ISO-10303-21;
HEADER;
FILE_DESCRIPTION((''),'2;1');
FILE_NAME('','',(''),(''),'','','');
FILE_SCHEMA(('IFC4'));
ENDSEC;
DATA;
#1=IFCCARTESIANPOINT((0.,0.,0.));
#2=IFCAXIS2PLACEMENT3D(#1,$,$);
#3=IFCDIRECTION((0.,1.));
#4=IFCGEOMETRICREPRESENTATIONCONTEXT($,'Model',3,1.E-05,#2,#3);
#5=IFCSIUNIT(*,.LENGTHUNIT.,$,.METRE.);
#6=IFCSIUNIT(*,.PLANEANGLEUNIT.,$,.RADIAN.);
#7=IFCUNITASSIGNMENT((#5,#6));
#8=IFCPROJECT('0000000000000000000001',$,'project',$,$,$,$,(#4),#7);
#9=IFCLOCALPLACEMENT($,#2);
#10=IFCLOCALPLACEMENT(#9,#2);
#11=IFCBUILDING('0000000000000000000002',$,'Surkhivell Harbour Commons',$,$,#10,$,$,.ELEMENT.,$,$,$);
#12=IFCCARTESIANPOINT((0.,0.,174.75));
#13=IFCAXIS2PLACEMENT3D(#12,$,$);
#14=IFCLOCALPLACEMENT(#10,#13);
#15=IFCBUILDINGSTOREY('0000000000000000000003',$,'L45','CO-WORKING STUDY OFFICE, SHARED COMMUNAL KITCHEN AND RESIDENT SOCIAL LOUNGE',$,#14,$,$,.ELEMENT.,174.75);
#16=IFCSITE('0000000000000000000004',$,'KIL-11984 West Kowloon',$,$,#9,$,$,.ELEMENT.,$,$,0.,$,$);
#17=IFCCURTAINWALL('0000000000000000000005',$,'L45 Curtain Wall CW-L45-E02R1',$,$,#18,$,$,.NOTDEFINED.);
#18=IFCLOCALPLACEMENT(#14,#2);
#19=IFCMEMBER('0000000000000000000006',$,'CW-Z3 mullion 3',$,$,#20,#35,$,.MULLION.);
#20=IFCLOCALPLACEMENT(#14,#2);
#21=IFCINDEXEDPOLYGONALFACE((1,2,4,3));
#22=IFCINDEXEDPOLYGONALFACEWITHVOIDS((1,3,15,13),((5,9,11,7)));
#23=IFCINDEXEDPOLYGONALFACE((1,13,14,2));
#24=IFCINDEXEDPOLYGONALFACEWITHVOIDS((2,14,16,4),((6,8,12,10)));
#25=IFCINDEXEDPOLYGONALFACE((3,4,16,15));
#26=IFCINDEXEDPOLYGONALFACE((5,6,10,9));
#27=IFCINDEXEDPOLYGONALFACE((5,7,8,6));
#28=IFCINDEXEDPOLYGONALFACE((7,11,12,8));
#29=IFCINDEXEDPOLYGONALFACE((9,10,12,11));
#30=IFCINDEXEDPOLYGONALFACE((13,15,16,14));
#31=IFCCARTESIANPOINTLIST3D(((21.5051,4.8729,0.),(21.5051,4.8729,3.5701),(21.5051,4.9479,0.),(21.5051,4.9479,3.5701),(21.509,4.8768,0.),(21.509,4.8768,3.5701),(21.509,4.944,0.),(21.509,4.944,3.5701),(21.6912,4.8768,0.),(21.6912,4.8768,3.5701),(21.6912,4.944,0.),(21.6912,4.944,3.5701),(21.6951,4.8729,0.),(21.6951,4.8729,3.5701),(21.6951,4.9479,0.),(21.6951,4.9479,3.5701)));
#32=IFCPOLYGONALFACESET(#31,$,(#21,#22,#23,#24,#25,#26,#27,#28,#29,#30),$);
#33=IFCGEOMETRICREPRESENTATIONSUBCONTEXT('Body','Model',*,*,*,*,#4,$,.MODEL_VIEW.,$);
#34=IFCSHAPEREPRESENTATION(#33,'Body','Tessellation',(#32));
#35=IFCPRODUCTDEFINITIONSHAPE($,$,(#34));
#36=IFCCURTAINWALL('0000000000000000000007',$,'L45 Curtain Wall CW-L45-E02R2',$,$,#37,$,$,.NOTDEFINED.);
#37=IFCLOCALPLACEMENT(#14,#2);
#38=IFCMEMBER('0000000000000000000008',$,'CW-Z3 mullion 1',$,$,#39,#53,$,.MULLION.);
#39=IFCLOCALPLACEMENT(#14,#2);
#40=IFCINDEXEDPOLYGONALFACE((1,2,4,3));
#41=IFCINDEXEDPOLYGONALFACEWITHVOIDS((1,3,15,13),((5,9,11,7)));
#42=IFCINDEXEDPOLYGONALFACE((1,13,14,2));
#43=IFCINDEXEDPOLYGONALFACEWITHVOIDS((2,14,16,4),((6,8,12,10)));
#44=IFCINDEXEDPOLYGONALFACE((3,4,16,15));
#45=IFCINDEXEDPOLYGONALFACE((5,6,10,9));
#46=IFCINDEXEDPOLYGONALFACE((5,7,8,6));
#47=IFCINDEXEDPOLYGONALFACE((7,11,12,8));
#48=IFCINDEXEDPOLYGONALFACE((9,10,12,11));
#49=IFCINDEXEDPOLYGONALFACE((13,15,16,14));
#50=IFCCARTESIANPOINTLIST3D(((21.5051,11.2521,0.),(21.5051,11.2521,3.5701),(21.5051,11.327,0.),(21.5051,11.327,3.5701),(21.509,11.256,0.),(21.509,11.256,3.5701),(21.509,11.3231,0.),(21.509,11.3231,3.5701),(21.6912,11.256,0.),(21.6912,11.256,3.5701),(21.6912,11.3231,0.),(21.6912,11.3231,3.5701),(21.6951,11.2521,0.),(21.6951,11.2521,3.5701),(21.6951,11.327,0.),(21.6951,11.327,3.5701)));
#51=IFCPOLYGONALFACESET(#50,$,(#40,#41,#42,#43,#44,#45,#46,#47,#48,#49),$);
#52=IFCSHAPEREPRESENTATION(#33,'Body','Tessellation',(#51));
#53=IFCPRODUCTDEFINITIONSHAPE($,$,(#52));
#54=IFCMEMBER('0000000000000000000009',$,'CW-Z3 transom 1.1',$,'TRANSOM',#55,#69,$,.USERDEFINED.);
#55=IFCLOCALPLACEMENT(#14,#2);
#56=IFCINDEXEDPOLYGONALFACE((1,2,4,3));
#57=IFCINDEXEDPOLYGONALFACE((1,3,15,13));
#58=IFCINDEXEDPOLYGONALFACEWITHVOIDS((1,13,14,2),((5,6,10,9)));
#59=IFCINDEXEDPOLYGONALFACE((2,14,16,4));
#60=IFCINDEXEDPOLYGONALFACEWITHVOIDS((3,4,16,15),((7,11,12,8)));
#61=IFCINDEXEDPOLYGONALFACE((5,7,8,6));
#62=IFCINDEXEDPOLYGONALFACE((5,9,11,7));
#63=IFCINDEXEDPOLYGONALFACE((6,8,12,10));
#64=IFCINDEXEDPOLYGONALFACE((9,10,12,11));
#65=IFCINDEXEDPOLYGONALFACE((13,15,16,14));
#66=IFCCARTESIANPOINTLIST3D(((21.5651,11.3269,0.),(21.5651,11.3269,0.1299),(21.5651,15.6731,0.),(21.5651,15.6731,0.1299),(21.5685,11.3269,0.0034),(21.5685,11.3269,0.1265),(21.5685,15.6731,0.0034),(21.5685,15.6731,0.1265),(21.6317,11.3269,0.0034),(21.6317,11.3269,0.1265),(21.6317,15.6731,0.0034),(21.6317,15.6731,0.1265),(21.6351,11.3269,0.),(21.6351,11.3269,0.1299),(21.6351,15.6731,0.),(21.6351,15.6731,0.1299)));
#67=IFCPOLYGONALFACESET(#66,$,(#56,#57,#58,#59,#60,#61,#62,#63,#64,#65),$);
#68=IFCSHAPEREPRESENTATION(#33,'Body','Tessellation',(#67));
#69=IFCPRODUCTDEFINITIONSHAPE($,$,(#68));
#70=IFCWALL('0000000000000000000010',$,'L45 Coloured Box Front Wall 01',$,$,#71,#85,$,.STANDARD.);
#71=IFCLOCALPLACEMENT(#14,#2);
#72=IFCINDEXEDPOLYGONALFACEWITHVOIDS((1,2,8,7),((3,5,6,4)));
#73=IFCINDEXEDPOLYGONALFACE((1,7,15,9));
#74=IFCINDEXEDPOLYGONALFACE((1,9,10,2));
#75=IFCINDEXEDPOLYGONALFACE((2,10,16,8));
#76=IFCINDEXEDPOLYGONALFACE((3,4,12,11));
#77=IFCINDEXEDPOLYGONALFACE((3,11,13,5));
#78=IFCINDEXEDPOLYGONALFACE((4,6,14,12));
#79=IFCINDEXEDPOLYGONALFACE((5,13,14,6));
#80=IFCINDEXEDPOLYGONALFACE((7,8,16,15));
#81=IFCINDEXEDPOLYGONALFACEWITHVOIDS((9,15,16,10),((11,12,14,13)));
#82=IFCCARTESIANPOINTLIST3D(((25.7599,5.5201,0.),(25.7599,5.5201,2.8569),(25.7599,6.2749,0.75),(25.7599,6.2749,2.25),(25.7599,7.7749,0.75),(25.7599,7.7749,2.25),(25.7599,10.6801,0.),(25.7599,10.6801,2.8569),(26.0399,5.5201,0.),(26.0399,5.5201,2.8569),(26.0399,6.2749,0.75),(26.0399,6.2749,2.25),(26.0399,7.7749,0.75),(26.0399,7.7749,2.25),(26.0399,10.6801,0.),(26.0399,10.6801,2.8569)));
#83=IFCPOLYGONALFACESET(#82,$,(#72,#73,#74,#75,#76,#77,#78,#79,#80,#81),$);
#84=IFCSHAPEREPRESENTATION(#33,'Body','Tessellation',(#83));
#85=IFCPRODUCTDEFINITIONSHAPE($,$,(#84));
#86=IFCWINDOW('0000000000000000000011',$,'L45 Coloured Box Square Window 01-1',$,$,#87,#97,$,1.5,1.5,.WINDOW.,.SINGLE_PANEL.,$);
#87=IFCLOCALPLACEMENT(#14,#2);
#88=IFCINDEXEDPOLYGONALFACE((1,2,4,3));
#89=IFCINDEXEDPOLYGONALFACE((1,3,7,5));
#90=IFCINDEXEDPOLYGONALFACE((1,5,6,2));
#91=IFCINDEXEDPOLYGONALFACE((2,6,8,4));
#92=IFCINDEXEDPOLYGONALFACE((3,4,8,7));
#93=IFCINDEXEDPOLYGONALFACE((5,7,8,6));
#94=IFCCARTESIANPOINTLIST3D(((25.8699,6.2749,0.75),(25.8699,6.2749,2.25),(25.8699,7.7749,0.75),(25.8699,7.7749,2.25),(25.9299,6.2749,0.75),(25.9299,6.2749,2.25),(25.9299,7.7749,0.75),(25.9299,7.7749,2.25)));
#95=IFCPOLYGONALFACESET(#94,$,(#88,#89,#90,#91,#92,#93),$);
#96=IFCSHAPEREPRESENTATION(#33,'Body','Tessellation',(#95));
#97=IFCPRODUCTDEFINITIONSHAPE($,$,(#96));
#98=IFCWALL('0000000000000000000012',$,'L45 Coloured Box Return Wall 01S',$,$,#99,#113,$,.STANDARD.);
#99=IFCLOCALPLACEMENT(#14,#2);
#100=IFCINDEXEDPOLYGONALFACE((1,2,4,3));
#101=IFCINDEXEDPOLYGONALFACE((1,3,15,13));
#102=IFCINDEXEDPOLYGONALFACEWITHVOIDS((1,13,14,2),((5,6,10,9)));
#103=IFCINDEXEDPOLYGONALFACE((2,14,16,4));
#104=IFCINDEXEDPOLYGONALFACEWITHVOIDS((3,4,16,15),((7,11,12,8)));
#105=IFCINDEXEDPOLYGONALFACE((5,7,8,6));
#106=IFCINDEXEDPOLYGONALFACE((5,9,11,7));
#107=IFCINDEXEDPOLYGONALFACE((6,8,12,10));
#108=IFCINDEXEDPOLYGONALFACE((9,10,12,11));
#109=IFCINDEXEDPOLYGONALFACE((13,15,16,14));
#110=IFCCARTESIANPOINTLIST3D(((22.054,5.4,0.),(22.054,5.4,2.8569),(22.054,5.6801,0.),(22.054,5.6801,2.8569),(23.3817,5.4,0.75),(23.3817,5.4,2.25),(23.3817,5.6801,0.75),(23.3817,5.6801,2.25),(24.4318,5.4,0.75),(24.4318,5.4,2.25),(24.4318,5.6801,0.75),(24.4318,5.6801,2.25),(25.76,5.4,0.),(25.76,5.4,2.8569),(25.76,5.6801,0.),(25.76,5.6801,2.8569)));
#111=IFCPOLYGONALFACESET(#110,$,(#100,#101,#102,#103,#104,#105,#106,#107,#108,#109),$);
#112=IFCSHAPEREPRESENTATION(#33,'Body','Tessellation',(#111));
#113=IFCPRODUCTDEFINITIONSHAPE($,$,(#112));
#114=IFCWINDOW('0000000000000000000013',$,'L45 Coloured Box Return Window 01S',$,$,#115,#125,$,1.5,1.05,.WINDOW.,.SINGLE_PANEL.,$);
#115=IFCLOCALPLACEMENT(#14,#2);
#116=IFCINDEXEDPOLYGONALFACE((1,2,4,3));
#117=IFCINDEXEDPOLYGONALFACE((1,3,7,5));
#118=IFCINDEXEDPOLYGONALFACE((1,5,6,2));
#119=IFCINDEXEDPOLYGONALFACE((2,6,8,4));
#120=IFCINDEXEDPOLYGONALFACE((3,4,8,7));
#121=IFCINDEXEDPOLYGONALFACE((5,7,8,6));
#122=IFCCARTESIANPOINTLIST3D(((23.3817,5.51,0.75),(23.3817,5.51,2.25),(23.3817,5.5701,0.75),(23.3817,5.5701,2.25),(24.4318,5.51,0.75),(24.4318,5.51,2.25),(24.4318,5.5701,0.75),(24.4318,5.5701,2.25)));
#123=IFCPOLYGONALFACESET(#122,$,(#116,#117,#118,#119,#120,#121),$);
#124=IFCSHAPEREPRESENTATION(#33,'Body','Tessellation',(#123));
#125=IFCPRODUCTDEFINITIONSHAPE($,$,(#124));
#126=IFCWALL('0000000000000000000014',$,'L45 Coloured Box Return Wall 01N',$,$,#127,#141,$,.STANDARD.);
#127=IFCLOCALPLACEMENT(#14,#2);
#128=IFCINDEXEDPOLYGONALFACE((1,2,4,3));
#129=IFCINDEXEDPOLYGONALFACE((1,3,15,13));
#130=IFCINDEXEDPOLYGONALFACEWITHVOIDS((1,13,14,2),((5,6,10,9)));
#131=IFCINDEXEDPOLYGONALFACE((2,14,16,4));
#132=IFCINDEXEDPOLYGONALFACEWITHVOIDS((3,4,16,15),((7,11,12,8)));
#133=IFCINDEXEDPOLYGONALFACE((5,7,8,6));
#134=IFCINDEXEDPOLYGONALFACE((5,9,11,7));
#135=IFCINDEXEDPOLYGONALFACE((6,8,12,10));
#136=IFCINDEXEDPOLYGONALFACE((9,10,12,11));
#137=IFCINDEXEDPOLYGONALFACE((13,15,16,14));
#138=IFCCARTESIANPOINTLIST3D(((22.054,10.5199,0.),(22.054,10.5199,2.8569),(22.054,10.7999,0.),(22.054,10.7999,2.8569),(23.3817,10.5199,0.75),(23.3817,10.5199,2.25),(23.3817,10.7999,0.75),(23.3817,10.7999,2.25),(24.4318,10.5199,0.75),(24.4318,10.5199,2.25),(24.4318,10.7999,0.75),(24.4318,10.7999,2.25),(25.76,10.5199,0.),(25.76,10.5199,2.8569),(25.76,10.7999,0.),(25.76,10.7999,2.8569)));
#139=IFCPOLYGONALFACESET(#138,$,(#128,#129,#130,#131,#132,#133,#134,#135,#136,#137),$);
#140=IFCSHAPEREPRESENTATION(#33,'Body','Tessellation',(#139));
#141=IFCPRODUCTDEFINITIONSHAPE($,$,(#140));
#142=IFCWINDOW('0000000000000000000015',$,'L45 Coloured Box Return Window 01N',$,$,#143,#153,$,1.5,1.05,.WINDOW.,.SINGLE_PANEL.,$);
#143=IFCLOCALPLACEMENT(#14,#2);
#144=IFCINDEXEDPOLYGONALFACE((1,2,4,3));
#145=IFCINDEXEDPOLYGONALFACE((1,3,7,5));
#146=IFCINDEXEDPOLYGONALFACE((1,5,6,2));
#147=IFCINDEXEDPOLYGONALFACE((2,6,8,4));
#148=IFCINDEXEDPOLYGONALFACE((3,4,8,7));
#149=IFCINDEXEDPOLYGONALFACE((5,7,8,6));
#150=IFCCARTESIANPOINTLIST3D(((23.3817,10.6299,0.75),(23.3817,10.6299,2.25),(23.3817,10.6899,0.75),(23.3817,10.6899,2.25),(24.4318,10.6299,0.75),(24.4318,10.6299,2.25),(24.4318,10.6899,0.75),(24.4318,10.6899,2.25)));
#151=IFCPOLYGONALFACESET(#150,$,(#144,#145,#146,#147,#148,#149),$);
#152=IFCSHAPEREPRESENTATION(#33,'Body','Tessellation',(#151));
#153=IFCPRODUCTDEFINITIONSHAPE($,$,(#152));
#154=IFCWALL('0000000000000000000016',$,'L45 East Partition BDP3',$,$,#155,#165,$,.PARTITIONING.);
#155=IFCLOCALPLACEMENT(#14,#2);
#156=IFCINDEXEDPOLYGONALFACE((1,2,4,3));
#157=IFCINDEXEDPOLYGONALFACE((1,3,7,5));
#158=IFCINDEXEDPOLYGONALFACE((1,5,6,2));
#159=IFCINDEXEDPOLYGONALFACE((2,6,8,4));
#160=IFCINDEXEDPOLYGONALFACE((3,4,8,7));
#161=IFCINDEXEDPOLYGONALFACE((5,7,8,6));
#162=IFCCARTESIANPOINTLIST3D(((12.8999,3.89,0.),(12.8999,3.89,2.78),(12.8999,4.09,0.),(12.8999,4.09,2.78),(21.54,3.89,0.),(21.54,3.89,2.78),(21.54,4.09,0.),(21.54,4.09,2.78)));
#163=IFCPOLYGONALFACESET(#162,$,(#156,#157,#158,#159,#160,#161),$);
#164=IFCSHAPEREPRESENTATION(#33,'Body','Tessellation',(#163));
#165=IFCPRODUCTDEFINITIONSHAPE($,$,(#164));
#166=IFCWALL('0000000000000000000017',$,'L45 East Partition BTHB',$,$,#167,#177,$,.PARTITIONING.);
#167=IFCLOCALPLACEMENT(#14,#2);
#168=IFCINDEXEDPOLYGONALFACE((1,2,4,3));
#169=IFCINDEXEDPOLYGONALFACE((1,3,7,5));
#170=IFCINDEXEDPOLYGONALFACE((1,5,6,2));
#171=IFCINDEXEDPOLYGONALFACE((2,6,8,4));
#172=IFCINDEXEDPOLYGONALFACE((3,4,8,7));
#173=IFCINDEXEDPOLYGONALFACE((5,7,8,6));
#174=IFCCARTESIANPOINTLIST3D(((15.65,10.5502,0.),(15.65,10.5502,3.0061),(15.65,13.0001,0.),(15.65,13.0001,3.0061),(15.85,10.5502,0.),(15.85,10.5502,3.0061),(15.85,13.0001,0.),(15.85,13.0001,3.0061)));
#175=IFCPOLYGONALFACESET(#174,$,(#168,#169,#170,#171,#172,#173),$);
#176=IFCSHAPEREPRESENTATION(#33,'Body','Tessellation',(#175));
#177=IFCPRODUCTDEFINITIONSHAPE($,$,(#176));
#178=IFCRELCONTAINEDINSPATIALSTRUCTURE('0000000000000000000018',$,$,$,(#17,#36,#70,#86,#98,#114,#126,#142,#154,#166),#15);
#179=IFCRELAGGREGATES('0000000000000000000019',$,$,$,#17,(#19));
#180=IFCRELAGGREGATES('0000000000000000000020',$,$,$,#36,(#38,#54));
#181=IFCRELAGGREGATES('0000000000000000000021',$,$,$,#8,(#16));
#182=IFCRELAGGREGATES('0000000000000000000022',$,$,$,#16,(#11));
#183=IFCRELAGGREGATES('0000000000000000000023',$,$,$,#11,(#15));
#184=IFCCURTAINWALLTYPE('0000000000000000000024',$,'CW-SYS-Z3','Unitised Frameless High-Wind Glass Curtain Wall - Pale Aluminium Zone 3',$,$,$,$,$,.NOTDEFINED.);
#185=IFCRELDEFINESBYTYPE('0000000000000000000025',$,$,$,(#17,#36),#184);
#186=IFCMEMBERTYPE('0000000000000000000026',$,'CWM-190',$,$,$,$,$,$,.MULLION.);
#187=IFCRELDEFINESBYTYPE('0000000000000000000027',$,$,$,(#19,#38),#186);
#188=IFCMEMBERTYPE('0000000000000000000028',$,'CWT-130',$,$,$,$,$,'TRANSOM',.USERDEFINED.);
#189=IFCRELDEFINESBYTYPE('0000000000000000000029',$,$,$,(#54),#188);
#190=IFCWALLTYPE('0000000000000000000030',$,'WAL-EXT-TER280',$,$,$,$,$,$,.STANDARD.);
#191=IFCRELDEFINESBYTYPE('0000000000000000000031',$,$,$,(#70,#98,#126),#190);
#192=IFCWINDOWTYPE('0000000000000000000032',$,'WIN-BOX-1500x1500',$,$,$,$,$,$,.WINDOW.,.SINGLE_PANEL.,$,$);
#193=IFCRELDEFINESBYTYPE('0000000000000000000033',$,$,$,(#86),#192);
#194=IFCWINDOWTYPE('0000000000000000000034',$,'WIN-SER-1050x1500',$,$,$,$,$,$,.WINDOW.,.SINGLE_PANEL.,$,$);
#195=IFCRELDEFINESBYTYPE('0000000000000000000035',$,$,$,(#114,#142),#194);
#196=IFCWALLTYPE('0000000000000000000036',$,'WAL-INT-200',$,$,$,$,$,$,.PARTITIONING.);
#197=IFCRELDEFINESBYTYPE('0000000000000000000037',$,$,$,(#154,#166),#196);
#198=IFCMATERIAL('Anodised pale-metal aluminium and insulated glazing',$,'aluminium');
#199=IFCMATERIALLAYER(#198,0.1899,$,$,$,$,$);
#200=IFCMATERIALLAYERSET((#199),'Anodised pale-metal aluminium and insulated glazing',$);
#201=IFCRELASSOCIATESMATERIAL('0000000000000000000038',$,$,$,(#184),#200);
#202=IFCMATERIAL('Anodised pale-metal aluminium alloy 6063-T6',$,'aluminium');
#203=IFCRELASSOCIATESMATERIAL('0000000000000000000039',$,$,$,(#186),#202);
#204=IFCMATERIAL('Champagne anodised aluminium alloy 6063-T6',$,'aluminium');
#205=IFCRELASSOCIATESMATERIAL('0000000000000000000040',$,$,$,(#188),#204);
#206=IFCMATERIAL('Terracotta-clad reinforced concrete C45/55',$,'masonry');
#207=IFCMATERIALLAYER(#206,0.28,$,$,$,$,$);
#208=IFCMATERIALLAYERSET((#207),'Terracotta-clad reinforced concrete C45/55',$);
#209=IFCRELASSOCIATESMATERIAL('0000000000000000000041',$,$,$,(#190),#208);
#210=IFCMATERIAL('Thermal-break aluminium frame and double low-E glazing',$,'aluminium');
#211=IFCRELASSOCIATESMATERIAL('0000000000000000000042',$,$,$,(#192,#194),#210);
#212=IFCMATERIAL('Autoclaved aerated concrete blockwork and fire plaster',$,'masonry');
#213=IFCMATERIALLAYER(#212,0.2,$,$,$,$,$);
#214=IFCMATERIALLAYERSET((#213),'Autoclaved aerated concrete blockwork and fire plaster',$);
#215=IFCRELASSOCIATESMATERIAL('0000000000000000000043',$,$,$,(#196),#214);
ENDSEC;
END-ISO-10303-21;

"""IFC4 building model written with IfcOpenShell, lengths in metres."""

from ifc_helpers import new_model, si_unit, direction, frame, frame_2d, origin, origin_2d, place, context, subcontext, project, spatial, rectangle, hollow_rectangle, extrude, material, layer, layer_set, material_profile, profile_set, type_object, element, fill, aggregate, save


model = new_model("IFC4")

# Units and contexts
model_context = context("Model", 3, precision=1e-05, world=origin(), true_north=direction((0.0, 1.0)))
body_context = subcontext(model_context, "Body", "Model", "MODEL_VIEW")
ifc_project = project(units=[si_unit("LENGTHUNIT", "METRE"), si_unit("PLANEANGLEUNIT", "RADIAN")], contexts=[model_context])

# Site, building, storey
site_placement = place(None, origin())
site = spatial("IfcSite", under=ifc_project, at=site_placement, Name="KIL-11984 West Kowloon", CompositionType="ELEMENT", RefElevation=0.0)
building_placement = place(site_placement, origin())
building = spatial("IfcBuilding", under=site, at=building_placement, Name="Surkhivell Harbour Commons", CompositionType="ELEMENT")
storey_placement = place(building_placement, frame((0.0, 0.0, 174.75)))
storey = spatial("IfcBuildingStorey", under=building, at=storey_placement, Name="L45", Description="CO-WORKING STUDY OFFICE, SHARED COMMUNAL KITCHEN AND RESIDENT SOCIAL LOUNGE", CompositionType="ELEMENT", Elevation=174.75)

# Curtain wall, member
ifc_material_1 = material(Name="Anodised pale-metal aluminium and insulated glazing", Category="aluminium")
ifc_layer_1 = layer(ifc_material_1, 0.1899)
ifc_layer_set_1 = layer_set([ifc_layer_1], Name="Anodised pale-metal aluminium and insulated glazing")
curtain_wall_type = type_object("IfcCurtainWallType", Name="CW-SYS-Z3", Description="Unitised Frameless High-Wind Glass Curtain Wall - Pale Aluminium Zone 3", PredefinedType="NOTDEFINED", material=ifc_layer_set_1)
curtain_wall_1_placement = place(storey_placement, origin())
curtain_wall_1 = element("IfcCurtainWall", 1, at=curtain_wall_1_placement, inside=storey, type_object=curtain_wall_type, Name="L45 Curtain Wall CW-L45-E02R1", PredefinedType="NOTDEFINED")
ifc_material_2 = material(Name="Anodised pale-metal aluminium alloy 6063-T6", Category="aluminium")
ifc_material_profile_1 = material_profile(ifc_material_2, hollow_rectangle(XDim=0.075, YDim=0.1899, WallThickness=0.0039, at=origin_2d()), Name="ALU-MULL-75x190")
ifc_profile_set_1 = profile_set([ifc_material_profile_1], Name="Anodised pale-metal aluminium alloy 6063-T6")
member_type_1 = type_object("IfcMemberType", Name="CWM-190", PredefinedType="MULLION", material=ifc_profile_set_1)
member_1_placement = place(storey_placement, frame((21.6001, 4.9104, 0.0), z_axis=(0.0, 0.0, 1.0), x_axis=(0.0, 1.0, 0.0)))
member_1 = element("IfcMember", 2, at=member_1_placement, type_object=member_type_1, Name="CW-Z3 mullion 3", PredefinedType="MULLION", context=body_context, shape_type="SweptSolid", body=[
    extrude(hollow_rectangle(XDim=0.075, YDim=0.1899, WallThickness=0.0039, at=origin_2d()), origin(), (0.0, 0.0, 1.0), 3.5701),
])
aggregate(curtain_wall_1, [member_1])

# Curtain wall, members
curtain_wall_2_placement = place(storey_placement, origin())
curtain_wall_2 = element("IfcCurtainWall", 3, at=curtain_wall_2_placement, inside=storey, type_object=curtain_wall_type, Name="L45 Curtain Wall CW-L45-E02R2", PredefinedType="NOTDEFINED")
member_2_placement = place(storey_placement, frame((21.6001, 11.2896, 0.0), z_axis=(0.0, 0.0, 1.0), x_axis=(0.0, 1.0, 0.0)))
member_2 = element("IfcMember", 4, at=member_2_placement, type_object=member_type_1, Name="CW-Z3 mullion 1", PredefinedType="MULLION", context=body_context, shape_type="SweptSolid", body=[
    extrude(hollow_rectangle(XDim=0.075, YDim=0.1899, WallThickness=0.0039, at=origin_2d()), origin(), (0.0, 0.0, 1.0), 3.5701),
])
ifc_material_3 = material(Name="Champagne anodised aluminium alloy 6063-T6", Category="aluminium")
ifc_material_profile_2 = material_profile(ifc_material_3, hollow_rectangle(XDim=0.0701, YDim=0.1299, WallThickness=0.0034, at=origin_2d()), Name="ALU-TRAN-70x130")
ifc_profile_set_2 = profile_set([ifc_material_profile_2], Name="Champagne anodised aluminium alloy 6063-T6")
member_type_2 = type_object("IfcMemberType", Name="CWT-130", ElementType="TRANSOM", PredefinedType="USERDEFINED", material=ifc_profile_set_2)
member_3_placement = place(storey_placement, frame((21.6001, 11.3269, 0.0649), z_axis=(0.0, 1.0, 0.0), x_axis=(-1.0, 0.0, 0.0)))
member_3 = element("IfcMember", 5, at=member_3_placement, type_object=member_type_2, Name="CW-Z3 transom 1.1", ObjectType="TRANSOM", PredefinedType="USERDEFINED", context=body_context, shape_type="SweptSolid", body=[
    extrude(hollow_rectangle(XDim=0.0701, YDim=0.1299, WallThickness=0.0034, at=origin_2d()), origin(), (0.0, 0.0, 1.0), 4.3462),
])
aggregate(curtain_wall_2, [member_2, member_3])

# Walls, openings, windows
ifc_material_4 = material(Name="Terracotta-clad reinforced concrete C45/55", Category="masonry")
ifc_layer_2 = layer(ifc_material_4, 0.28)
ifc_layer_set_2 = layer_set([ifc_layer_2], Name="Terracotta-clad reinforced concrete C45/55")
wall_type_1 = type_object("IfcWallType", Name="WAL-EXT-TER280", PredefinedType="STANDARD", material=ifc_layer_set_2)
wall_1_placement = place(storey_placement, frame((25.8999, 5.52, 0.0), z_axis=(0.0, 0.0, 1.0), x_axis=(0.0, 1.0, 0.0)))
wall_1 = element("IfcWall", 6, at=wall_1_placement, inside=storey, type_object=wall_type_1, Name="L45 Coloured Box Front Wall 01", PredefinedType="STANDARD", context=body_context, shape_type="SweptSolid", body=[
    extrude(rectangle(XDim=5.1599, YDim=0.28, at=frame_2d((2.5801, 0.0))), origin(), (0.0, 0.0, 1.0), 2.8569),
])
opening_1_placement = place(wall_1_placement, frame((0.7549, 0.0, 0.75)))
opening_1 = element("IfcOpeningElement", 7, at=opening_1_placement, cuts=wall_1, PredefinedType="OPENING", context=body_context, shape_type="SweptSolid", body=[
    extrude(rectangle(XDim=1.5, YDim=1.5, at=frame_2d((0.75, 0.75))), frame((0.0, 0.1499, 0.0), z_axis=(0.0, -1.0, 0.0), x_axis=(1.0, 0.0, 0.0)), (0.0, 0.0, 1.0), 0.3),
])
ifc_material_5 = material(Name="Thermal-break aluminium frame and double low-E glazing", Category="aluminium")
window_type_1 = type_object("IfcWindowType", Name="WIN-BOX-1500x1500", PartitioningType="SINGLE_PANEL", PredefinedType="WINDOW", material=ifc_material_5)
window_1_placement = place(opening_1_placement, origin())
window_1 = element("IfcWindow", 8, at=window_1_placement, inside=storey, type_object=window_type_1, Name="L45 Coloured Box Square Window 01-1", OverallHeight=1.5, OverallWidth=1.5, PartitioningType="SINGLE_PANEL", PredefinedType="WINDOW", context=body_context, shape_type="SweptSolid", body=[
    extrude(rectangle(XDim=1.5, YDim=1.5, at=frame_2d((0.75, 0.75))), frame((0.0, 0.03, 0.0), z_axis=(0.0, -1.0, 0.0), x_axis=(1.0, 0.0, 0.0)), (0.0, 0.0, 1.0), 0.0601),
])
fill(opening_1, window_1)
wall_2_placement = place(storey_placement, frame((22.054, 5.54, 0.0), z_axis=(0.0, 0.0, 1.0), x_axis=(1.0, 0.0, 0.0)))
wall_2 = element("IfcWall", 9, at=wall_2_placement, inside=storey, type_object=wall_type_1, Name="L45 Coloured Box Return Wall 01S", PredefinedType="STANDARD", context=body_context, shape_type="SweptSolid", body=[
    extrude(rectangle(XDim=3.7061, YDim=0.28, at=frame_2d((1.853, 0.0))), origin(), (0.0, 0.0, 1.0), 2.8569),
])
opening_2_placement = place(wall_2_placement, frame((1.3279, 0.0, 0.75)))
opening_2 = element("IfcOpeningElement", 10, at=opening_2_placement, cuts=wall_2, PredefinedType="OPENING", context=body_context, shape_type="SweptSolid", body=[
    extrude(rectangle(XDim=1.05, YDim=1.5, at=frame_2d((0.5249, 0.75))), frame((0.0, 0.1499, 0.0), z_axis=(0.0, -1.0, 0.0), x_axis=(1.0, 0.0, 0.0)), (0.0, 0.0, 1.0), 0.3),
])
window_type_2 = type_object("IfcWindowType", Name="WIN-SER-1050x1500", PartitioningType="SINGLE_PANEL", PredefinedType="WINDOW", material=ifc_material_5)
window_2_placement = place(opening_2_placement, origin())
window_2 = element("IfcWindow", 11, at=window_2_placement, inside=storey, type_object=window_type_2, Name="L45 Coloured Box Return Window 01S", OverallHeight=1.5, OverallWidth=1.05, PartitioningType="SINGLE_PANEL", PredefinedType="WINDOW", context=body_context, shape_type="SweptSolid", body=[
    extrude(rectangle(XDim=1.05, YDim=1.5, at=frame_2d((0.5249, 0.75))), frame((0.0, 0.03, 0.0), z_axis=(0.0, -1.0, 0.0), x_axis=(1.0, 0.0, 0.0)), (0.0, 0.0, 1.0), 0.0601),
])
fill(opening_2, window_2)
wall_3_placement = place(storey_placement, frame((22.054, 10.6599, 0.0), z_axis=(0.0, 0.0, 1.0), x_axis=(1.0, 0.0, 0.0)))
wall_3 = element("IfcWall", 12, at=wall_3_placement, inside=storey, type_object=wall_type_1, Name="L45 Coloured Box Return Wall 01N", PredefinedType="STANDARD", context=body_context, shape_type="SweptSolid", body=[
    extrude(rectangle(XDim=3.7061, YDim=0.28, at=frame_2d((1.853, 0.0))), origin(), (0.0, 0.0, 1.0), 2.8569),
])
opening_3_placement = place(wall_3_placement, frame((1.3279, 0.0, 0.75)))
opening_3 = element("IfcOpeningElement", 13, at=opening_3_placement, cuts=wall_3, PredefinedType="OPENING", context=body_context, shape_type="SweptSolid", body=[
    extrude(rectangle(XDim=1.05, YDim=1.5, at=frame_2d((0.5249, 0.75))), frame((0.0, 0.1499, 0.0), z_axis=(0.0, -1.0, 0.0), x_axis=(1.0, 0.0, 0.0)), (0.0, 0.0, 1.0), 0.3),
])
window_3_placement = place(opening_3_placement, origin())
window_3 = element("IfcWindow", 14, at=window_3_placement, inside=storey, type_object=window_type_2, Name="L45 Coloured Box Return Window 01N", OverallHeight=1.5, OverallWidth=1.05, PartitioningType="SINGLE_PANEL", PredefinedType="WINDOW", context=body_context, shape_type="SweptSolid", body=[
    extrude(rectangle(XDim=1.05, YDim=1.5, at=frame_2d((0.5249, 0.75))), frame((0.0, 0.03, 0.0), z_axis=(0.0, -1.0, 0.0), x_axis=(1.0, 0.0, 0.0)), (0.0, 0.0, 1.0), 0.0601),
])
fill(opening_3, window_3)

# Walls
ifc_material_6 = material(Name="Autoclaved aerated concrete blockwork and fire plaster", Category="masonry")
ifc_layer_3 = layer(ifc_material_6, 0.2)
ifc_layer_set_3 = layer_set([ifc_layer_3], Name="Autoclaved aerated concrete blockwork and fire plaster")
wall_type_2 = type_object("IfcWallType", Name="WAL-INT-200", PredefinedType="PARTITIONING", material=ifc_layer_set_3)
wall_4_placement = place(storey_placement, frame((12.8999, 3.99, 0.0), z_axis=(0.0, 0.0, 1.0), x_axis=(1.0, 0.0, 0.0)))
element("IfcWall", 15, at=wall_4_placement, inside=storey, type_object=wall_type_2, Name="L45 East Partition BDP3", PredefinedType="PARTITIONING", context=body_context, shape_type="SweptSolid", body=[
    extrude(rectangle(XDim=8.6401, YDim=0.2, at=frame_2d((4.3201, 0.0))), origin(), (0.0, 0.0, 1.0), 2.78),
])
wall_5_placement = place(storey_placement, frame((15.75, 10.55, 0.0), z_axis=(0.0, 0.0, 1.0), x_axis=(0.0, 1.0, 0.0)))
element("IfcWall", 16, at=wall_5_placement, inside=storey, type_object=wall_type_2, Name="L45 East Partition BTHB", PredefinedType="PARTITIONING", context=body_context, shape_type="SweptSolid", body=[
    extrude(rectangle(XDim=2.45, YDim=0.2, at=frame_2d((1.2251, 0.0))), origin(), (0.0, 0.0, 1.0), 3.0061),
])

save(model, "model.ifc")
